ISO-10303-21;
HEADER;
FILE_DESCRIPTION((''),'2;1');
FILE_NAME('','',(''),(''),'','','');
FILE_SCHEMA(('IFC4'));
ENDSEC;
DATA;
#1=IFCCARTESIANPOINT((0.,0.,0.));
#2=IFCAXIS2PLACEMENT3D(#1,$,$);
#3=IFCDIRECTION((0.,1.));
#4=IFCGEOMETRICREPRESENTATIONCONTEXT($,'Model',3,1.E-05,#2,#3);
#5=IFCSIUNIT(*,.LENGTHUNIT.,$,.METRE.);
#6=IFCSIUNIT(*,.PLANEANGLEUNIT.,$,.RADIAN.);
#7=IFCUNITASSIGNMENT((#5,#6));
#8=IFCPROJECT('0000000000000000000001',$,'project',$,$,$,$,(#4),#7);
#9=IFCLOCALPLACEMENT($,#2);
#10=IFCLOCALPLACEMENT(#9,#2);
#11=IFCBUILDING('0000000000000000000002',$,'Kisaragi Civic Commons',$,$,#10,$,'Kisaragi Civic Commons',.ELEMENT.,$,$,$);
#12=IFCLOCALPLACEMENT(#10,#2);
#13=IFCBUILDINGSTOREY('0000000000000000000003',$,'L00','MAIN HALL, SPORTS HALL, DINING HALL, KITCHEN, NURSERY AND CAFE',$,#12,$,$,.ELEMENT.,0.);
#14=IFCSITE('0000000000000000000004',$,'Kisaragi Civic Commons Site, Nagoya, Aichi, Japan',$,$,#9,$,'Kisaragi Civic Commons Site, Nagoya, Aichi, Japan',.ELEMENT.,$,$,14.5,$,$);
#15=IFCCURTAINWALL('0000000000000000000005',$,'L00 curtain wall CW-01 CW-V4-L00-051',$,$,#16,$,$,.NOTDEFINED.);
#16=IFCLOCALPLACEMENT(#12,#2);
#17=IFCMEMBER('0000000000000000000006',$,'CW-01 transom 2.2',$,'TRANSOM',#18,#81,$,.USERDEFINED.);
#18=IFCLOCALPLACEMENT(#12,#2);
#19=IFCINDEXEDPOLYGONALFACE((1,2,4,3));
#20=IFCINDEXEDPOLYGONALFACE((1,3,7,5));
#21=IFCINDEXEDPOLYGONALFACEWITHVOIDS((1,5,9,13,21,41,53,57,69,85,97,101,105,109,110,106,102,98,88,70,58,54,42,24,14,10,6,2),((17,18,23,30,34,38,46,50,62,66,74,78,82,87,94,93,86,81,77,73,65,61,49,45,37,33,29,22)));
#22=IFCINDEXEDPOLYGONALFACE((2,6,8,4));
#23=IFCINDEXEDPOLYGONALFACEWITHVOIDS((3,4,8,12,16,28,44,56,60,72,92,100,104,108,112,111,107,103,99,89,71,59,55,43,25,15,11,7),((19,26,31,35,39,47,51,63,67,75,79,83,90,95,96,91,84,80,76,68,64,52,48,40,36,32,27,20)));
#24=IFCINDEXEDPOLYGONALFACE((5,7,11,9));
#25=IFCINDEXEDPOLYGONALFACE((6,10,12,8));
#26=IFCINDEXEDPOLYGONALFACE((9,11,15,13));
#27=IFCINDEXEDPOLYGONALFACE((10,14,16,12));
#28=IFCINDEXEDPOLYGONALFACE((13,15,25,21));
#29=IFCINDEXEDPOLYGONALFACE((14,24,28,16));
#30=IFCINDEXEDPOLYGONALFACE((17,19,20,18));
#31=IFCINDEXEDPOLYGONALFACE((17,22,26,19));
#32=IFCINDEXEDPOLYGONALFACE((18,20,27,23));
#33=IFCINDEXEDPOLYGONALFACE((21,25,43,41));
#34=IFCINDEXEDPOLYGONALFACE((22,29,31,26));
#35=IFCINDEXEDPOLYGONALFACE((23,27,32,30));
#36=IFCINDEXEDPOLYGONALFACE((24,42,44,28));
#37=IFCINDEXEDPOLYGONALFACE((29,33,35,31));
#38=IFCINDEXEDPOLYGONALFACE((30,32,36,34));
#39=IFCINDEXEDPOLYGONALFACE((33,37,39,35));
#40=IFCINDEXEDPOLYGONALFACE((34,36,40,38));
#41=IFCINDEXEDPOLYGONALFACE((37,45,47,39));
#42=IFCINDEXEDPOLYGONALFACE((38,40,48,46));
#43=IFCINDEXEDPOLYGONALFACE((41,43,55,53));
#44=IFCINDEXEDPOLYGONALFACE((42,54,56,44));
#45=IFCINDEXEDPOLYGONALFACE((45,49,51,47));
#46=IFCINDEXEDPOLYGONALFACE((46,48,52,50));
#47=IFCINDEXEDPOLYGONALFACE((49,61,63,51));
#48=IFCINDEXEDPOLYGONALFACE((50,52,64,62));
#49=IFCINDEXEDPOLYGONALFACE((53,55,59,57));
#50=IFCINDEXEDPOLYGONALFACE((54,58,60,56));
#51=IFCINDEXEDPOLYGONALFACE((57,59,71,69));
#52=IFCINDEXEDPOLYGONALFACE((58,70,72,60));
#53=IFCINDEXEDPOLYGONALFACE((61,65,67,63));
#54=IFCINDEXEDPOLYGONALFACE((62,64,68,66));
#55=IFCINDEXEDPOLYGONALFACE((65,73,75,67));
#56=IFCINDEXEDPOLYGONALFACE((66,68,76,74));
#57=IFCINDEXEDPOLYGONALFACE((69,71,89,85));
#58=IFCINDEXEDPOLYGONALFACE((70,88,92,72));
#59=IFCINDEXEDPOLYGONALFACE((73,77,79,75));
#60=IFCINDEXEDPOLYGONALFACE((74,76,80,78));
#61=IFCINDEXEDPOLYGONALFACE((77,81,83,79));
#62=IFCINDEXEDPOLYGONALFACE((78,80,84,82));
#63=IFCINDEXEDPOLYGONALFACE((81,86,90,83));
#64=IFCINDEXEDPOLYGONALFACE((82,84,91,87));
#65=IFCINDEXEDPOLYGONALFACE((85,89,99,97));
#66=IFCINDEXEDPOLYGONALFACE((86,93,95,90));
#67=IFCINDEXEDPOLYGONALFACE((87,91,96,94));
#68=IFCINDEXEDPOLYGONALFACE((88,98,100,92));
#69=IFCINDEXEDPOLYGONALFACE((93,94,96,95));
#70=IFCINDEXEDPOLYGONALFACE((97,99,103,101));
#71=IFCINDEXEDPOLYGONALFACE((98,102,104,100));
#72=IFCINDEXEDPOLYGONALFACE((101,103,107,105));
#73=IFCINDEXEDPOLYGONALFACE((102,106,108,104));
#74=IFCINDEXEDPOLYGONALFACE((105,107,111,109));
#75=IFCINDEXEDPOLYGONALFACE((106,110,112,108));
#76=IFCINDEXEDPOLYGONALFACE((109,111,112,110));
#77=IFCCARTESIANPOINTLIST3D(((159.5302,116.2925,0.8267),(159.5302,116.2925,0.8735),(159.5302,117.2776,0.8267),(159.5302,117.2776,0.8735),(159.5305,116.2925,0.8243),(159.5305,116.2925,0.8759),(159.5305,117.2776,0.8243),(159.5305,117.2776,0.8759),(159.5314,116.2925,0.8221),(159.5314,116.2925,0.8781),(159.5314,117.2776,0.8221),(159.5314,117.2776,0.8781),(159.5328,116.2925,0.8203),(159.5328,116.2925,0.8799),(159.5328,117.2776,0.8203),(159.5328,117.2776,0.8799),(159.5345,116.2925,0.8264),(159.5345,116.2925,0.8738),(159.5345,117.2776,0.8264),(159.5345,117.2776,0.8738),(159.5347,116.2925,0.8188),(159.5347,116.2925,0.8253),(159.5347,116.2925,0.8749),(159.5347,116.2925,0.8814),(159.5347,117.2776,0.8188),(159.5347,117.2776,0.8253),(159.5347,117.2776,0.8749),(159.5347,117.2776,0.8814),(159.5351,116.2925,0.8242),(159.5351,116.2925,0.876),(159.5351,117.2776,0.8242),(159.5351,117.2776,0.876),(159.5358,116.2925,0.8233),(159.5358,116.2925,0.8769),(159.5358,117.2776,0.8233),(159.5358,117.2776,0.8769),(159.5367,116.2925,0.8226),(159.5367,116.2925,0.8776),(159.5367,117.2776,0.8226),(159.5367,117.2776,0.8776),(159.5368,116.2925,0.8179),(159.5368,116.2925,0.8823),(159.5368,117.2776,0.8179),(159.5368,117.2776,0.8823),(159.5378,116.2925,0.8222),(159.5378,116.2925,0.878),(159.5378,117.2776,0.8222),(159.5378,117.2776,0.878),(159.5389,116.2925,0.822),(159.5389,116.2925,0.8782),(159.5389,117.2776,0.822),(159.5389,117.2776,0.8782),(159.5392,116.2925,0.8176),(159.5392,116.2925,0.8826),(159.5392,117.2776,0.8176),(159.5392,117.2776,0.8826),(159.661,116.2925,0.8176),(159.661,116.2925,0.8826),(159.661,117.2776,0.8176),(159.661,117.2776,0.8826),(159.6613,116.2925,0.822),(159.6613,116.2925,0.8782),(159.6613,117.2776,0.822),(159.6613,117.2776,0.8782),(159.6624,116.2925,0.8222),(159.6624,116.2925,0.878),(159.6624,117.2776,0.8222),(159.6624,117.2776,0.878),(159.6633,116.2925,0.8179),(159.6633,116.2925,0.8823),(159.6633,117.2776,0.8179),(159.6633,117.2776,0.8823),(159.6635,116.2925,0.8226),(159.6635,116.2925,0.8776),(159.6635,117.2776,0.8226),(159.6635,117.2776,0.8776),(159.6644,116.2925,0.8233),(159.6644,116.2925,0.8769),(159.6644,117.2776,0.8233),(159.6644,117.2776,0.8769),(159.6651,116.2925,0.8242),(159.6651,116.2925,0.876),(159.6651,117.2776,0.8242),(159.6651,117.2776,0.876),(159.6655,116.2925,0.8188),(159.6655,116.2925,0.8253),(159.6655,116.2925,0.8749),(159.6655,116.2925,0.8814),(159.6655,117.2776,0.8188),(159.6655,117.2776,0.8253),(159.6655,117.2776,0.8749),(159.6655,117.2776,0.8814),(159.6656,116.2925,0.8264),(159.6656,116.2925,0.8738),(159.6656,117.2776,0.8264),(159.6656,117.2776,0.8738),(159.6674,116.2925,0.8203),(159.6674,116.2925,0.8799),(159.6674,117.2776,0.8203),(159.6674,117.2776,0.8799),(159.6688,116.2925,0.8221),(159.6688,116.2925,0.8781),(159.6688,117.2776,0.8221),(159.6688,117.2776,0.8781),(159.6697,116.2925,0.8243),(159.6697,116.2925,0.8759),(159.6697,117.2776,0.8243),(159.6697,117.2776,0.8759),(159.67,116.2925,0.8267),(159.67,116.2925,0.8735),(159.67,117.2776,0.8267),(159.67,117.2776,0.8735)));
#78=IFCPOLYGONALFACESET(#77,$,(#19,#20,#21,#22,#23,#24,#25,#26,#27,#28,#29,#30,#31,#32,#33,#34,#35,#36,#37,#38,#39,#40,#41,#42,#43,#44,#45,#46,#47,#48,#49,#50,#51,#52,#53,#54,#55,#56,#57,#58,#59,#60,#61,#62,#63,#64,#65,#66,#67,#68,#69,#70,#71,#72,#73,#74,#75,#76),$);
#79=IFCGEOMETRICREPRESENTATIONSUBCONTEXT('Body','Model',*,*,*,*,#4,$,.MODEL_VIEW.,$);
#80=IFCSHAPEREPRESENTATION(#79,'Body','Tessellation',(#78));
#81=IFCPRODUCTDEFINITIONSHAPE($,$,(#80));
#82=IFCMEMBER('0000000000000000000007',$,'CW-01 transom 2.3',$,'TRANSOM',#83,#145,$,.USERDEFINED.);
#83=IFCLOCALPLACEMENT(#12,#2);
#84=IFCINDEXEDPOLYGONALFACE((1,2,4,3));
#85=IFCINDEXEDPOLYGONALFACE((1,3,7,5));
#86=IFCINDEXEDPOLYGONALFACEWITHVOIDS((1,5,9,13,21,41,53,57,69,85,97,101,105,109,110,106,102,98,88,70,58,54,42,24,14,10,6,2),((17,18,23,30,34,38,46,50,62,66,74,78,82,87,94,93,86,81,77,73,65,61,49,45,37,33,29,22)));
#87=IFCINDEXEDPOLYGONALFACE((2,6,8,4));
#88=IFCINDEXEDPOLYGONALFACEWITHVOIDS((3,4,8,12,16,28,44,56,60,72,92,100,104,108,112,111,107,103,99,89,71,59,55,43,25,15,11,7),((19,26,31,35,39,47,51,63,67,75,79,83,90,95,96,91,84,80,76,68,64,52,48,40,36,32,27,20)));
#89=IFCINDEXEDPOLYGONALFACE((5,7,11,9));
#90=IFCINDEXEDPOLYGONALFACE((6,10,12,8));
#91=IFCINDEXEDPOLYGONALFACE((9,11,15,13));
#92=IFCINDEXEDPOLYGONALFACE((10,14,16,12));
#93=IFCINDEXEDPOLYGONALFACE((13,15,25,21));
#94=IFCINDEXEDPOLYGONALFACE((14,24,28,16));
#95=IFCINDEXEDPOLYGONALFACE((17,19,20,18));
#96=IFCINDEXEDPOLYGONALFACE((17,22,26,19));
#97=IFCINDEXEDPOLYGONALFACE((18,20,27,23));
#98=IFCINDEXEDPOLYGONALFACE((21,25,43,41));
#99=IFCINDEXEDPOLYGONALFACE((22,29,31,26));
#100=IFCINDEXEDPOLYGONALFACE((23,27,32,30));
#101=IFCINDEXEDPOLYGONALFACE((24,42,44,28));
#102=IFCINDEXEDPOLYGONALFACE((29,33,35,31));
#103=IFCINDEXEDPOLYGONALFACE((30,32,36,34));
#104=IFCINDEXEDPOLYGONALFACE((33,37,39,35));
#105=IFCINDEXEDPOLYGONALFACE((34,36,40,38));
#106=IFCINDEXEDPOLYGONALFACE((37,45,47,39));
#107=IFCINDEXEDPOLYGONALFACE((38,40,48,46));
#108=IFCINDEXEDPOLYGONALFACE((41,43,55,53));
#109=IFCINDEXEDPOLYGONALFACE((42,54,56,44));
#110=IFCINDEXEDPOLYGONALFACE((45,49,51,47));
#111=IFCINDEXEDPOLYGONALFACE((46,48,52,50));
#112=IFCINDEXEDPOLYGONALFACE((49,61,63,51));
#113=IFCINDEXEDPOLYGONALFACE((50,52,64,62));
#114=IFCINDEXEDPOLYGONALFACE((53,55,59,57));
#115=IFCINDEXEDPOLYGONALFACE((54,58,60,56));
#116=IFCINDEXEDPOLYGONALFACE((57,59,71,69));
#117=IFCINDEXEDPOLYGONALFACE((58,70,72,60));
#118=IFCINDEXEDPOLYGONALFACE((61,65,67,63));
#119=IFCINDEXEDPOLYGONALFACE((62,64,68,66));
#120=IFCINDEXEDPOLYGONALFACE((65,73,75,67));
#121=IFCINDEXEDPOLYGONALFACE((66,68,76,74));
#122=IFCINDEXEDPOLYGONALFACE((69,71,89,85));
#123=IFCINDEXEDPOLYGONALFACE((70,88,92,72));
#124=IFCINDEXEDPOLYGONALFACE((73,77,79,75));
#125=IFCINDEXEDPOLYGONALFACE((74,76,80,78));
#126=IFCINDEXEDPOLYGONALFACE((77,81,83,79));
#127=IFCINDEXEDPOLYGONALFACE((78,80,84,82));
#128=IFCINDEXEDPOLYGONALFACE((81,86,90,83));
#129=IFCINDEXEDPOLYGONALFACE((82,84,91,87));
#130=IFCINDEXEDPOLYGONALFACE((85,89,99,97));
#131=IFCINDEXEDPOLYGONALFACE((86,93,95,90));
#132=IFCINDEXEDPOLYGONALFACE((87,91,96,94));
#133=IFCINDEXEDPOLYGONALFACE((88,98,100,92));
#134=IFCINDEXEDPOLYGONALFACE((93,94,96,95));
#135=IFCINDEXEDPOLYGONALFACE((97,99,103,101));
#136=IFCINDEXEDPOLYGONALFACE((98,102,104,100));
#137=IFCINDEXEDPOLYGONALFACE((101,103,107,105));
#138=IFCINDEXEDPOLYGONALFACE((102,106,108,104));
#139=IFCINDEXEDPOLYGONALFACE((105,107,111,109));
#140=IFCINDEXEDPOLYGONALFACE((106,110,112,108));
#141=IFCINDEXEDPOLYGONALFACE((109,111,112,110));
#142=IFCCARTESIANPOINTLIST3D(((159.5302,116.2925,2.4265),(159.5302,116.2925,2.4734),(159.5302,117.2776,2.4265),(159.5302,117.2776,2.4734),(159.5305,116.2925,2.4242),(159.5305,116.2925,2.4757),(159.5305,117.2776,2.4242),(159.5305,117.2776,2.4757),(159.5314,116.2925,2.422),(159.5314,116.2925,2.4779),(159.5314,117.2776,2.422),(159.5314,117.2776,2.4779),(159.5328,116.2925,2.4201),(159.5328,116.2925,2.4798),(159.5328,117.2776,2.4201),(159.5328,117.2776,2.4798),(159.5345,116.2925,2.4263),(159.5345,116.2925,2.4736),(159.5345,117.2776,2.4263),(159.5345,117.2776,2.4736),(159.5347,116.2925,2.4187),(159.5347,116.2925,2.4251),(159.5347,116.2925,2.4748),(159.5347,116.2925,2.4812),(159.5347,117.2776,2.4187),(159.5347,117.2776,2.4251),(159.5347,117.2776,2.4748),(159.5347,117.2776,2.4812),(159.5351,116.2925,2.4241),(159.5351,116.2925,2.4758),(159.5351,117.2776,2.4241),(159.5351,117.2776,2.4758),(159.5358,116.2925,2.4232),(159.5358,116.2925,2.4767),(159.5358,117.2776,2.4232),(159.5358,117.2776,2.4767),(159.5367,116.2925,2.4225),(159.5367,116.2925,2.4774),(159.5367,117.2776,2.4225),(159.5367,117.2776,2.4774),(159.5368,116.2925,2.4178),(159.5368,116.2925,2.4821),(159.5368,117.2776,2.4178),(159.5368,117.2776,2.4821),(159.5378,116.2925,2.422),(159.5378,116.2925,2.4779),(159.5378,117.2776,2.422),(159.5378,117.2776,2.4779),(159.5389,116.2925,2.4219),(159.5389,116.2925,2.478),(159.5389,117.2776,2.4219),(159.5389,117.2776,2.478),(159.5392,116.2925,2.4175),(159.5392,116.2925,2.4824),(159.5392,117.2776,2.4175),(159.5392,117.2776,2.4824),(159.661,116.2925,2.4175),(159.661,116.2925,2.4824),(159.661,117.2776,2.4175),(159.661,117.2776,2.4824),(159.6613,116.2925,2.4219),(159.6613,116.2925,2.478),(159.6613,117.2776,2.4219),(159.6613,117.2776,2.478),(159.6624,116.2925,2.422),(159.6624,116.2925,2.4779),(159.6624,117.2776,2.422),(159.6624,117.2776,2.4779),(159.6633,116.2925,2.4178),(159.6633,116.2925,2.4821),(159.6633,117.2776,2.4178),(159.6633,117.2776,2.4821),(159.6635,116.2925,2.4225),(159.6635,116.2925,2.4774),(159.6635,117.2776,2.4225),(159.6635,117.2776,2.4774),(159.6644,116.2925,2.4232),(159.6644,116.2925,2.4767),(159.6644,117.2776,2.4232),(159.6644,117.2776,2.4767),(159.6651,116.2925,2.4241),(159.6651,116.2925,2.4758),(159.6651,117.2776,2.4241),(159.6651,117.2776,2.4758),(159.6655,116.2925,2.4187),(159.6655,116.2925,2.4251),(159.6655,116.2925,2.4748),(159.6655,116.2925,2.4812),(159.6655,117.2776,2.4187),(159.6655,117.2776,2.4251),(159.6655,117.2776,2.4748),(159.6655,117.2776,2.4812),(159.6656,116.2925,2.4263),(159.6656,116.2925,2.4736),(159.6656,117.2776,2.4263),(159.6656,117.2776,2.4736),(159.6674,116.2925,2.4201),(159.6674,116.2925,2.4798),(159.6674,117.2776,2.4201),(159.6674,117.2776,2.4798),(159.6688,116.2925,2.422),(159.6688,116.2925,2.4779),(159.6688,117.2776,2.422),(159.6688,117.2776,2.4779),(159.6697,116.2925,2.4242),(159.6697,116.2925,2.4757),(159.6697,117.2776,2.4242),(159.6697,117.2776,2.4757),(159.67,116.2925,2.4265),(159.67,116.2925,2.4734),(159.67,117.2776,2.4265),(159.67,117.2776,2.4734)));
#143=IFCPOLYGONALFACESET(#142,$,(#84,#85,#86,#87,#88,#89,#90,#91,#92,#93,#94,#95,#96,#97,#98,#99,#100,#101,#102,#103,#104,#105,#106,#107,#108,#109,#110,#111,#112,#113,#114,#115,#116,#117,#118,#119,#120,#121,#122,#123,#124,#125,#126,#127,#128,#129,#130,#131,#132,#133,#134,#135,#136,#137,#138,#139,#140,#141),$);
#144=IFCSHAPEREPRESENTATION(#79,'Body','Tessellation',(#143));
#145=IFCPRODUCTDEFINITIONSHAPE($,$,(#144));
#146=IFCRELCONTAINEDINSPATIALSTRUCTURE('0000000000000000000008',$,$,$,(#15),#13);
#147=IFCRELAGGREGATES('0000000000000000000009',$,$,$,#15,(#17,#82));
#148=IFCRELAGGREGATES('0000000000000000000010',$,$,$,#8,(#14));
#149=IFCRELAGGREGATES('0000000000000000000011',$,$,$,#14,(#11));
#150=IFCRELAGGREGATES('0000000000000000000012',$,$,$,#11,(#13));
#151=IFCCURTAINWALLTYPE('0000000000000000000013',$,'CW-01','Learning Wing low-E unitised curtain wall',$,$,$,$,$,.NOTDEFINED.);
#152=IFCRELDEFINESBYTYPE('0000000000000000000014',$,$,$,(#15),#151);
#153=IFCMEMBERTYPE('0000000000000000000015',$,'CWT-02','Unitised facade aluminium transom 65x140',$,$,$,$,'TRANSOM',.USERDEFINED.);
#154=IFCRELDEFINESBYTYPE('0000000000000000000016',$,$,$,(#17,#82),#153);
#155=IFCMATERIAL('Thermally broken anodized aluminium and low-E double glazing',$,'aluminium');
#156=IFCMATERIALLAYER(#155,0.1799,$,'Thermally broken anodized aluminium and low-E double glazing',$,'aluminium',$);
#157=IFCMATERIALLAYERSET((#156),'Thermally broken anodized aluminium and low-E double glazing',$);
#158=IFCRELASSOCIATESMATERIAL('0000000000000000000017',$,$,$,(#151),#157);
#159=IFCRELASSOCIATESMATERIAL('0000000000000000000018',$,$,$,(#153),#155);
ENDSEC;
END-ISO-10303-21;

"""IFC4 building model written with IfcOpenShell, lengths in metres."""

from ifc_helpers import new_model, si_unit, direction, frame, origin, origin_2d, place, context, subcontext, project, spatial, hollow_rectangle, extrude, material, layer, layer_set, material_profile, profile_set, type_object, element, aggregate, save


model = new_model("IFC4")

# Units and contexts
model_context = context("Model", 3, precision=1e-05, world=origin(), true_north=direction((0.0, 1.0)))
body_context = subcontext(model_context, "Body", "Model", "MODEL_VIEW")
ifc_project = project(units=[si_unit("LENGTHUNIT", "METRE"), si_unit("PLANEANGLEUNIT", "RADIAN")], contexts=[model_context])

# Site, building, storey
site_placement = place(None, origin())
site = spatial("IfcSite", under=ifc_project, at=site_placement, Name="Kisaragi Civic Commons Site, Nagoya, Aichi, Japan", LongName="Kisaragi Civic Commons Site, Nagoya, Aichi, Japan", CompositionType="ELEMENT", RefElevation=14.5)
building_placement = place(site_placement, origin())
building = spatial("IfcBuilding", under=site, at=building_placement, Name="Kisaragi Civic Commons", LongName="Kisaragi Civic Commons", CompositionType="ELEMENT")
storey_placement = place(building_placement, origin())
storey = spatial("IfcBuildingStorey", under=building, at=storey_placement, Name="L00", Description="MAIN HALL, SPORTS HALL, DINING HALL, KITCHEN, NURSERY AND CAFE", CompositionType="ELEMENT", Elevation=0.0)

# Curtain wall
ifc_material_1 = material(Name="Thermally broken anodized aluminium and low-E double glazing", Category="aluminium")
ifc_layer_1 = layer(ifc_material_1, 0.1799, Name="Thermally broken anodized aluminium and low-E double glazing", Category="aluminium")
ifc_layer_set_1 = layer_set([ifc_layer_1], Name="Thermally broken anodized aluminium and low-E double glazing")
curtain_wall_type = type_object("IfcCurtainWallType", Name="CW-01", Description="Learning Wing low-E unitised curtain wall", PredefinedType="NOTDEFINED", material=ifc_layer_set_1)
curtain_wall_1_placement = place(storey_placement, origin())
curtain_wall_1 = element("IfcCurtainWall", 1, at=curtain_wall_1_placement, inside=storey, type_object=curtain_wall_type, Name="L00 curtain wall CW-01 CW-V4-L00-051", PredefinedType="NOTDEFINED")

# Members
ifc_material_profile_1 = material_profile(ifc_material_1, hollow_rectangle(XDim=0.1399, YDim=0.0649, WallThickness=0.0044, InnerFilletRadius=0.0044, OuterFilletRadius=0.009, at=origin_2d()), Name="CWT-65x140x4.5", Category="aluminium")
ifc_profile_set_1 = profile_set([ifc_material_profile_1], Name="Thermally broken anodized aluminium and low-E double glazing")
member_type_1 = type_object("IfcMemberType", Name="CWT-02", Description="Unitised facade aluminium transom 65x140", ElementType="TRANSOM", PredefinedType="USERDEFINED", material=ifc_profile_set_1)
member_1_placement = place(storey_placement, frame((159.6001, 117.2776, 0.8501), z_axis=(0.0, -1.0, 0.0), x_axis=(1.0, 0.0, 0.0)))
member_1 = element("IfcMember", 2, at=member_1_placement, type_object=member_type_1, Name="CW-01 transom 2.2", ObjectType="TRANSOM", PredefinedType="USERDEFINED", context=body_context, shape_type="SweptSolid", body=[
    extrude(hollow_rectangle(XDim=0.1399, YDim=0.0649, WallThickness=0.0044, InnerFilletRadius=0.0044, OuterFilletRadius=0.009, at=origin_2d()), origin(), (0.0, 0.0, 1.0), 0.9851),
])
member_2_placement = place(storey_placement, frame((159.6001, 117.2776, 2.45), z_axis=(0.0, -1.0, 0.0), x_axis=(1.0, 0.0, 0.0)))
member_2 = element("IfcMember", 3, at=member_2_placement, type_object=member_type_1, Name="CW-01 transom 2.3", ObjectType="TRANSOM", PredefinedType="USERDEFINED", context=body_context, shape_type="SweptSolid", body=[
    extrude(hollow_rectangle(XDim=0.1399, YDim=0.0649, WallThickness=0.0044, InnerFilletRadius=0.0044, OuterFilletRadius=0.009, at=origin_2d()), origin(), (0.0, 0.0, 1.0), 0.9851),
])

aggregate(curtain_wall_1, [member_1, member_2])

save(model, "model.ifc")
